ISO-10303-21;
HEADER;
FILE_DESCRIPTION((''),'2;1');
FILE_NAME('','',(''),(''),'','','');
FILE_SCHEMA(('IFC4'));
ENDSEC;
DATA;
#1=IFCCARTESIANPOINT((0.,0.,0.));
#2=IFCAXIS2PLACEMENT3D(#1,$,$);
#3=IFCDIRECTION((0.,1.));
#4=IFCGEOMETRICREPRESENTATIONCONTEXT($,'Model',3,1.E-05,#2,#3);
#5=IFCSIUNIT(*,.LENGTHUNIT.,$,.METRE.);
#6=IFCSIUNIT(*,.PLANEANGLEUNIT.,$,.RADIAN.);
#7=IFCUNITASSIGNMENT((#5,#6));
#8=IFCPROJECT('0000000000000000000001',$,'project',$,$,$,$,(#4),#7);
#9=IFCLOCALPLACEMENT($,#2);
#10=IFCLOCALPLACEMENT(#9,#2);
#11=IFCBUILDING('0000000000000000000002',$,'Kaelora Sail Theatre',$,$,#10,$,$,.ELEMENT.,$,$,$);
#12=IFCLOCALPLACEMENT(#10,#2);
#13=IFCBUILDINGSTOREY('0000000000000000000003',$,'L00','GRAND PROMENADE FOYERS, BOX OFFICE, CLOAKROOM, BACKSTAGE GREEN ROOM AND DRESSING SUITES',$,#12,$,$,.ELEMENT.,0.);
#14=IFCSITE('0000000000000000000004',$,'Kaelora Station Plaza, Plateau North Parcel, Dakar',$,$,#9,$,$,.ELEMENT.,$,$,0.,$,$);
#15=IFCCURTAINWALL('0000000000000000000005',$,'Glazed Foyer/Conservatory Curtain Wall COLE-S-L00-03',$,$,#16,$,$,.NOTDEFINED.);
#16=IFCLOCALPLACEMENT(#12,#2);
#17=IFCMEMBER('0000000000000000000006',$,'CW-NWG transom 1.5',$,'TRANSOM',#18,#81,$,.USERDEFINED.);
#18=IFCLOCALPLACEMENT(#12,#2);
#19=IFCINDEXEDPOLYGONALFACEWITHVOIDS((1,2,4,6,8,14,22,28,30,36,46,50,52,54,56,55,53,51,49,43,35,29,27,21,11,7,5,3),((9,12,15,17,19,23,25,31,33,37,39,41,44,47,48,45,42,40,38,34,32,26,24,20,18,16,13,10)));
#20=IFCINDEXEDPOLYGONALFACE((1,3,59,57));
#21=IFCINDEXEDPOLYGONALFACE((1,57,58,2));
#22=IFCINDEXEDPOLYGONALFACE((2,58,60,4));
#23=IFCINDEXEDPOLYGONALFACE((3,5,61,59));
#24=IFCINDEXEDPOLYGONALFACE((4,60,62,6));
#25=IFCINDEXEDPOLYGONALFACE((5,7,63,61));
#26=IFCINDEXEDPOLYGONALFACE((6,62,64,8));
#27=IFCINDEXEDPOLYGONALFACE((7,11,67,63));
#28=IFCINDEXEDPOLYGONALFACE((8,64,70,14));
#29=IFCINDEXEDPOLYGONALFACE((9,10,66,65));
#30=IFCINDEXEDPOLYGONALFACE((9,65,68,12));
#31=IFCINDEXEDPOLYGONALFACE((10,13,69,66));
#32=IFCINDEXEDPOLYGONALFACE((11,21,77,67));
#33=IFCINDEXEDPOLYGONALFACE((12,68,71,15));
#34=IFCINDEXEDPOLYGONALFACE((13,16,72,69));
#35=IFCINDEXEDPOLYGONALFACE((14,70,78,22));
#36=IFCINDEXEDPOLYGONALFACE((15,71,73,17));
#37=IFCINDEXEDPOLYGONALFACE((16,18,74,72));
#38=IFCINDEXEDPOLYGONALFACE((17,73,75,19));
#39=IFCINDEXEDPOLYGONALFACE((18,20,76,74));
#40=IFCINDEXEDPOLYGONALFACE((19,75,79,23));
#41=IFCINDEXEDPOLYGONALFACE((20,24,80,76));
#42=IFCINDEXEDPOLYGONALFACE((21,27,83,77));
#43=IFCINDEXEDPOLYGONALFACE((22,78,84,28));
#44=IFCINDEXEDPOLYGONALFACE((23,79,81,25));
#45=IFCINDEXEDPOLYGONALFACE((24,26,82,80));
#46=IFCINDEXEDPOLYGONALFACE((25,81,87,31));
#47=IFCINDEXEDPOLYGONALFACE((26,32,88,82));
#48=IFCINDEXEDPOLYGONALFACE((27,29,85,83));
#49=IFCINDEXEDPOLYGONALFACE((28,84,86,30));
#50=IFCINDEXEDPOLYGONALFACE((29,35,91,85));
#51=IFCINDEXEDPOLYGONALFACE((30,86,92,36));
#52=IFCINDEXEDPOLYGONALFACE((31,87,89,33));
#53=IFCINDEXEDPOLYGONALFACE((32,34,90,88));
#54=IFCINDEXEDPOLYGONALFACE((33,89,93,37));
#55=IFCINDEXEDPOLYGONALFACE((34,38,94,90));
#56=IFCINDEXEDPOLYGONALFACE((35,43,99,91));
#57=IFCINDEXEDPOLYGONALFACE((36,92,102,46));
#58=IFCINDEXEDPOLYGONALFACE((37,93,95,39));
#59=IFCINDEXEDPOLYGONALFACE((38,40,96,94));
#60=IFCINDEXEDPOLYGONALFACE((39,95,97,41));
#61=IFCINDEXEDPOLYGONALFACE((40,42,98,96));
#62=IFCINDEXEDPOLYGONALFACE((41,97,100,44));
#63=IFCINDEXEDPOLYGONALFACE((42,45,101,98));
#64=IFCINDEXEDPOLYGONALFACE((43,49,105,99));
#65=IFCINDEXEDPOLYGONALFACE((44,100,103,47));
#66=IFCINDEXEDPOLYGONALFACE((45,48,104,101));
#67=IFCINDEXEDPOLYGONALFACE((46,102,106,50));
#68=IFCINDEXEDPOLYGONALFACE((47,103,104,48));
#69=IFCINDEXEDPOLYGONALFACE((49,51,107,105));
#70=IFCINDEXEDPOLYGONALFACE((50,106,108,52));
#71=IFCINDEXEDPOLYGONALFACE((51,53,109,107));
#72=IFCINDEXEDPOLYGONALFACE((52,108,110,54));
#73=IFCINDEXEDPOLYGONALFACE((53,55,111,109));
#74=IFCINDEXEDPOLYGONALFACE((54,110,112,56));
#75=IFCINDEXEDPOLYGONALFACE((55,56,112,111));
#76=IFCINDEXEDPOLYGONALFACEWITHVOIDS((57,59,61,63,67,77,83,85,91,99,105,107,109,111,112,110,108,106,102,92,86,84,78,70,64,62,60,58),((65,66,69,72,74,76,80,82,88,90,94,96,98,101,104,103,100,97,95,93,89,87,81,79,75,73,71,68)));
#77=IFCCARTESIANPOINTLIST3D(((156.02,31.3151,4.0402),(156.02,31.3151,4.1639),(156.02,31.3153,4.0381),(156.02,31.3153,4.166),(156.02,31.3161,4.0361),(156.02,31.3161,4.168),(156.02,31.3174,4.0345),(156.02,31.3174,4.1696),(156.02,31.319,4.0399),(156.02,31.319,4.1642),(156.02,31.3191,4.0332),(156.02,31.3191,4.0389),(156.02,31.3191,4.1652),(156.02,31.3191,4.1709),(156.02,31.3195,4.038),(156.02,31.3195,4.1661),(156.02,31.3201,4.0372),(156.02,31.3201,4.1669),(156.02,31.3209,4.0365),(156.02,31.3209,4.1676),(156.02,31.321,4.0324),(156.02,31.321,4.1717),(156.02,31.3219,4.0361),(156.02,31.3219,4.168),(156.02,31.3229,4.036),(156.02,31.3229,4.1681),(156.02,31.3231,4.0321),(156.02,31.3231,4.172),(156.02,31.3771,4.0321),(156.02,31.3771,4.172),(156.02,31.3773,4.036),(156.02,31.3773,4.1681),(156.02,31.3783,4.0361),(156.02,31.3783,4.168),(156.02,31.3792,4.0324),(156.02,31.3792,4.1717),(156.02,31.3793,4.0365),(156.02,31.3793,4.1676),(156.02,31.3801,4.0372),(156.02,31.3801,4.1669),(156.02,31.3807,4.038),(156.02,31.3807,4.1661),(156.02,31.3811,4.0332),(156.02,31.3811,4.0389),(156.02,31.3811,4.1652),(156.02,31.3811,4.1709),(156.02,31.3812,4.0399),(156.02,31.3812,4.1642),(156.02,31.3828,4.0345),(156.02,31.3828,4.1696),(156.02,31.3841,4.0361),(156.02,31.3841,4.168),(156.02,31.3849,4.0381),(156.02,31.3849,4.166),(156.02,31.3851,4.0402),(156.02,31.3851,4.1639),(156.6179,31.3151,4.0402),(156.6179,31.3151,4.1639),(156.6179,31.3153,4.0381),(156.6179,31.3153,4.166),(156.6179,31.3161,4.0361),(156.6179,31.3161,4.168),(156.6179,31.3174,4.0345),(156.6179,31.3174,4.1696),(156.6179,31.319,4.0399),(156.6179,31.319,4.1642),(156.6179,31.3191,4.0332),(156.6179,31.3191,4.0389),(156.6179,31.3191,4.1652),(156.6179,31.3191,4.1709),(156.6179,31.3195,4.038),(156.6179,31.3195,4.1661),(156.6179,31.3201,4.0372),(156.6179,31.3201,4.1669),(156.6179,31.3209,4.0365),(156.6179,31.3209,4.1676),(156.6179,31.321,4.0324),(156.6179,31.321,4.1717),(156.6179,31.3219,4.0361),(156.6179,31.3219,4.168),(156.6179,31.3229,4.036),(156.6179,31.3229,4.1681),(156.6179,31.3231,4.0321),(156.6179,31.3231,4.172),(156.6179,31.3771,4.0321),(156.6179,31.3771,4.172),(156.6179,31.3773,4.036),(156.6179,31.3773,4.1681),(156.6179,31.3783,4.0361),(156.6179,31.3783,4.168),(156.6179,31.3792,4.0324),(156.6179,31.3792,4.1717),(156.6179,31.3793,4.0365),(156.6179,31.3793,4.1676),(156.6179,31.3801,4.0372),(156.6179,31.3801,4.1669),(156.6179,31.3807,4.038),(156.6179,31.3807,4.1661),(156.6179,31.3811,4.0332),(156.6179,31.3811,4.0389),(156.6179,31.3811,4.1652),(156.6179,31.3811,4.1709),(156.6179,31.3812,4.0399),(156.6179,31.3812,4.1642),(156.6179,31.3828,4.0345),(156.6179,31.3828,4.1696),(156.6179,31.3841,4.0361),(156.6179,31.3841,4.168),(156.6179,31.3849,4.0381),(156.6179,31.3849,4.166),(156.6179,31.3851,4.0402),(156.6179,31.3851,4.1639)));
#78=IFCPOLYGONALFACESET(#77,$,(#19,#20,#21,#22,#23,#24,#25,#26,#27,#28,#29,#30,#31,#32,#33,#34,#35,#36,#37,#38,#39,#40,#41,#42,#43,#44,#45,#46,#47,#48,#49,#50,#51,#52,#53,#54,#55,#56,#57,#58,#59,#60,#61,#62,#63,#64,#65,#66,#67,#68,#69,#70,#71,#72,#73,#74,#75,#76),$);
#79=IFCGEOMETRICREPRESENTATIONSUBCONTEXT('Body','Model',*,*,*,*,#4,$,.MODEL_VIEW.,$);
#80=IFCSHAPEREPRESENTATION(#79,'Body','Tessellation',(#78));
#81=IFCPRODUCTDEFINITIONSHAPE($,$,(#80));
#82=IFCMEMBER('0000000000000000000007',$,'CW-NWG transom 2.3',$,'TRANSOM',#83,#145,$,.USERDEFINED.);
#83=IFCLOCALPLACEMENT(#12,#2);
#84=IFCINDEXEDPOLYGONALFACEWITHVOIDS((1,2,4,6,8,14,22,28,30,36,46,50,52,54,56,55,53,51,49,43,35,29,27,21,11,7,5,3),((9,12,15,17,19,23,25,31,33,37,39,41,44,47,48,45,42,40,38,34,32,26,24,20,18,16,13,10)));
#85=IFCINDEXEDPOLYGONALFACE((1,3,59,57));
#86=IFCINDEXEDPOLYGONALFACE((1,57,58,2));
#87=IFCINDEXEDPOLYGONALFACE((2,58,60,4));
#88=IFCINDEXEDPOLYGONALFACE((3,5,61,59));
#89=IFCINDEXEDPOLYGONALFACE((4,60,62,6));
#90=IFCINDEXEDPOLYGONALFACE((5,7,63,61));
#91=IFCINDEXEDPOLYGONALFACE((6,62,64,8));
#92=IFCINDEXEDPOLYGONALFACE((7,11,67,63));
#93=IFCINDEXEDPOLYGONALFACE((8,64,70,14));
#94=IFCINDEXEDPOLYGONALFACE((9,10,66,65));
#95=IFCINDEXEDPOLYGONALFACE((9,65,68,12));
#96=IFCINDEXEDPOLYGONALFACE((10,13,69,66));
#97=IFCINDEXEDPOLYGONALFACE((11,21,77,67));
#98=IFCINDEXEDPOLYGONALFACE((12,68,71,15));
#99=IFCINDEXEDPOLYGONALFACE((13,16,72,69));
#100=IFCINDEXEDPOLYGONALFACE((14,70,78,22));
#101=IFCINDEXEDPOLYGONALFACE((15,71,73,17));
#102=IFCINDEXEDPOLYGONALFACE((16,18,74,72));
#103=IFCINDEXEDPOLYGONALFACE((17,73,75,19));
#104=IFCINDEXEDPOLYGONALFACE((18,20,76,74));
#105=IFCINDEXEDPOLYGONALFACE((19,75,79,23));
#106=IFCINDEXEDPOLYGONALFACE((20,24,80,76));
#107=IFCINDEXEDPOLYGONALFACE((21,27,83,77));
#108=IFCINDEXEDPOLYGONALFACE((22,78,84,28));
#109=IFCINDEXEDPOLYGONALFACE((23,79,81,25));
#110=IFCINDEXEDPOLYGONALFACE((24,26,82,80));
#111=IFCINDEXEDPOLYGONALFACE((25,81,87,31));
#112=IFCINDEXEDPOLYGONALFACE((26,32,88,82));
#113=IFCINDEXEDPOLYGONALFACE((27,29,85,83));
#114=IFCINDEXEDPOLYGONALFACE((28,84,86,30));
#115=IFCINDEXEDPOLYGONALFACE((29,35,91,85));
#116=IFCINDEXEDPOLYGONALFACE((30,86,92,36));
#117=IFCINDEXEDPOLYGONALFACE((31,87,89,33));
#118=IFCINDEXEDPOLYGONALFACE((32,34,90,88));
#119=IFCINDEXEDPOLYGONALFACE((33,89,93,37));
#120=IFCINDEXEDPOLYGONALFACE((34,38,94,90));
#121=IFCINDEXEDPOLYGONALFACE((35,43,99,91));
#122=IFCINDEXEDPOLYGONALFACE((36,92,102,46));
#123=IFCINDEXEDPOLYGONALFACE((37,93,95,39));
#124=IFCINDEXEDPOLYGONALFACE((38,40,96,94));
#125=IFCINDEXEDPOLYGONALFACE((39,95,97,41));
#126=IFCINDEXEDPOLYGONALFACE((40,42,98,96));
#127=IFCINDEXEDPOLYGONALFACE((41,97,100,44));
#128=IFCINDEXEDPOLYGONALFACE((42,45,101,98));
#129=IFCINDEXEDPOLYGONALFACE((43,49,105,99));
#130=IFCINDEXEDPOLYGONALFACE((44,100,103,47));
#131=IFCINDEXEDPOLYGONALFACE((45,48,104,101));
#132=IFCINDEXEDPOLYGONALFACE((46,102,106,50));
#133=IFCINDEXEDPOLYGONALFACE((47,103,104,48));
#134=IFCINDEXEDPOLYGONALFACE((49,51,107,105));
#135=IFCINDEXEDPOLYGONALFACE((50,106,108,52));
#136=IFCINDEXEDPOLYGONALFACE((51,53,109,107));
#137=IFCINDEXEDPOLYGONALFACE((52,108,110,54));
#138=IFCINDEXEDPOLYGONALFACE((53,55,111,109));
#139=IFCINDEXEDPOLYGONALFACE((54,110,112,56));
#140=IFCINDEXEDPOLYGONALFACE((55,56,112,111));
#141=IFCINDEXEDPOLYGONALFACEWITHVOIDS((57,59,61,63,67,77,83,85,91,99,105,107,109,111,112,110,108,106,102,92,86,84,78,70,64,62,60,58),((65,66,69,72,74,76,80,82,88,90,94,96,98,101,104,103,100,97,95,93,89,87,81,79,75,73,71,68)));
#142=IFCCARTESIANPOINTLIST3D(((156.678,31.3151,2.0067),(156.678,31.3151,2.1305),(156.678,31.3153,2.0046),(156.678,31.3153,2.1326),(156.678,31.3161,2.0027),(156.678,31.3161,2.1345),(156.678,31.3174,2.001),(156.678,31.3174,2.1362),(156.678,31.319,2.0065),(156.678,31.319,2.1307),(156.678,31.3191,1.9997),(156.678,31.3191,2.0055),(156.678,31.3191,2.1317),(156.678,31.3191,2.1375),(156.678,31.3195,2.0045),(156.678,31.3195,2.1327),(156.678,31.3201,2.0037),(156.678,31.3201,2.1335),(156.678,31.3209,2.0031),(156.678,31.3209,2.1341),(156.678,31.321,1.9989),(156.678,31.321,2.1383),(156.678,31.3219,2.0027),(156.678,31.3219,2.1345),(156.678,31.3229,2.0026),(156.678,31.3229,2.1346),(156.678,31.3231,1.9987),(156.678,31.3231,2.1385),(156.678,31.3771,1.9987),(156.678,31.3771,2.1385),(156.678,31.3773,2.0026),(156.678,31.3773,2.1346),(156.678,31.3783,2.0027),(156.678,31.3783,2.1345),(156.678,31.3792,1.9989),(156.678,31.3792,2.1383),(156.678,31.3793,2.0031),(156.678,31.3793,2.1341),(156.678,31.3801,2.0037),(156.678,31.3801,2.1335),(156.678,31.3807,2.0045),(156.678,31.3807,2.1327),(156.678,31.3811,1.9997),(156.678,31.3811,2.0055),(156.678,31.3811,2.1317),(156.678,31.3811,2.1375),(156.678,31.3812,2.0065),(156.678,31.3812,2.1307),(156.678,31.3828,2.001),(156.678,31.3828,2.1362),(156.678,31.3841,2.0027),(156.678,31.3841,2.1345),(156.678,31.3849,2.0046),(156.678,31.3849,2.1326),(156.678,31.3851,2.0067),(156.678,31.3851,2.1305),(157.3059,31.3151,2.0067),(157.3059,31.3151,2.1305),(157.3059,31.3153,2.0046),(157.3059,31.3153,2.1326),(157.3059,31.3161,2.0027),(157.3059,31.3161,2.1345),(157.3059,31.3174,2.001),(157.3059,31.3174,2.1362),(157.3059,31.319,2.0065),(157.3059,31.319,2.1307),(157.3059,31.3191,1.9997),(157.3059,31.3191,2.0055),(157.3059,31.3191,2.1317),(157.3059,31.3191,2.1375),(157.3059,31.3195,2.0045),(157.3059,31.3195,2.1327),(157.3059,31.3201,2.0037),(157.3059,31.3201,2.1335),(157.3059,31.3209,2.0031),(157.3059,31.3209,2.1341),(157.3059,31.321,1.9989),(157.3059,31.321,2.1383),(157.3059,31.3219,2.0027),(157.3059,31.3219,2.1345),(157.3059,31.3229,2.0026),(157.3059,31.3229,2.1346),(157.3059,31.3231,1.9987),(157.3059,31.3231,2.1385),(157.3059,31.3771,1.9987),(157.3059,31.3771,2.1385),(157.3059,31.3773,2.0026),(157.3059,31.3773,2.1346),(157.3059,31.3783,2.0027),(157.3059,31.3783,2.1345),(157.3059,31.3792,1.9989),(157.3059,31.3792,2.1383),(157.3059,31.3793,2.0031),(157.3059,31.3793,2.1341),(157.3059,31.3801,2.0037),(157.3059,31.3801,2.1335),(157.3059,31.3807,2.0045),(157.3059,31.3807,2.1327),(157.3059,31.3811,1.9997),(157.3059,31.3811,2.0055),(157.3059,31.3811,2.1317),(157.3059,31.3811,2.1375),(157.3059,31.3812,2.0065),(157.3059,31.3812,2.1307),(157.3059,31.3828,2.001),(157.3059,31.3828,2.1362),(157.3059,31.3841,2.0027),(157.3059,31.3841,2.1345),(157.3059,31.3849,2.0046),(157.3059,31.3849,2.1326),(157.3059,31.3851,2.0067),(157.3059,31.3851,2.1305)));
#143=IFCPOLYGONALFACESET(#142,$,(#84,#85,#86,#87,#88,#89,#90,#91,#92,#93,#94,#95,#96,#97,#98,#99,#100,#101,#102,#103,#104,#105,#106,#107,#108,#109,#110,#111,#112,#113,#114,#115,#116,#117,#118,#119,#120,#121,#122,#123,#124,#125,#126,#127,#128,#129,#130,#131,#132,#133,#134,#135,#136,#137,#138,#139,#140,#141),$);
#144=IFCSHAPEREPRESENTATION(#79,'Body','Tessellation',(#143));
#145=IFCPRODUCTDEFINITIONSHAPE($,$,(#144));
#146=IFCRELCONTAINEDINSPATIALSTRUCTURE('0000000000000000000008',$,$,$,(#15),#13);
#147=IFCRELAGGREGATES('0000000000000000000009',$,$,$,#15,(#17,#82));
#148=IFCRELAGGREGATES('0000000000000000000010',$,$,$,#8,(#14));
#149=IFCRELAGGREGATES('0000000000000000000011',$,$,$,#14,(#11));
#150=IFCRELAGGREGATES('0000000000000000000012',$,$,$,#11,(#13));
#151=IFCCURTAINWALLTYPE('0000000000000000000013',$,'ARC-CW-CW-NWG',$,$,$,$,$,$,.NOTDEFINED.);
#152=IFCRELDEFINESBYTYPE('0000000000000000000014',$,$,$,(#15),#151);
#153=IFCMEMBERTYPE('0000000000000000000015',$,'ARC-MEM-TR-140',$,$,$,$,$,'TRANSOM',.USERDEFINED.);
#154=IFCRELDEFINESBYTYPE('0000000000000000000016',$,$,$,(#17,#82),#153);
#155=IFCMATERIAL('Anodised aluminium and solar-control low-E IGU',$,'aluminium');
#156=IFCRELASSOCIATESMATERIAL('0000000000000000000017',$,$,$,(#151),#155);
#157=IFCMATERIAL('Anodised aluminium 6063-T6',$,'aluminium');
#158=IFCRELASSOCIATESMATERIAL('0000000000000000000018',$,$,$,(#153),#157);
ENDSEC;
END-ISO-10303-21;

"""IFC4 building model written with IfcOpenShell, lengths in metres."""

from ifc_helpers import new_model, si_unit, direction, frame, origin, origin_2d, place, context, subcontext, project, spatial, hollow_rectangle, extrude, material, material_profile, profile_set, type_object, element, aggregate, save


model = new_model("IFC4")

# Units and contexts
model_context = context("Model", 3, precision=1e-05, world=origin(), true_north=direction((0.0, 1.0)))
body_context = subcontext(model_context, "Body", "Model", "MODEL_VIEW")
ifc_project = project(units=[si_unit("LENGTHUNIT", "METRE"), si_unit("PLANEANGLEUNIT", "RADIAN")], contexts=[model_context])

# Site, building, storey
site_placement = place(None, origin())
site = spatial("IfcSite", under=ifc_project, at=site_placement, Name="Kaelora Station Plaza, Plateau North Parcel, Dakar", CompositionType="ELEMENT", RefElevation=0.0)
building_placement = place(site_placement, origin())
building = spatial("IfcBuilding", under=site, at=building_placement, Name="Kaelora Sail Theatre", CompositionType="ELEMENT")
storey_placement = place(building_placement, origin())
storey = spatial("IfcBuildingStorey", under=building, at=storey_placement, Name="L00", Description="GRAND PROMENADE FOYERS, BOX OFFICE, CLOAKROOM, BACKSTAGE GREEN ROOM AND DRESSING SUITES", CompositionType="ELEMENT", Elevation=0.0)

# Curtain wall, members
ifc_material_1 = material(Name="Anodised aluminium and solar-control low-E IGU", Category="aluminium")
curtain_wall_type = type_object("IfcCurtainWallType", Name="ARC-CW-CW-NWG", PredefinedType="NOTDEFINED", material=ifc_material_1)
curtain_wall_1_placement = place(storey_placement, origin())
curtain_wall_1 = element("IfcCurtainWall", 1, at=curtain_wall_1_placement, inside=storey, type_object=curtain_wall_type, Name="Glazed Foyer/Conservatory Curtain Wall COLE-S-L00-03", PredefinedType="NOTDEFINED")
ifc_material_2 = material(Name="Anodised aluminium 6063-T6", Category="aluminium")
ifc_material_profile = material_profile(ifc_material_2, hollow_rectangle(XDim=0.0701, YDim=0.1399, WallThickness=0.0039, InnerFilletRadius=0.0039, OuterFilletRadius=0.0081, at=origin_2d()), Name="ALU-TRAN 70x140x4")
ifc_profile_set = profile_set([ifc_material_profile], Name="Anodised aluminium 6063-T6")
member_type = type_object("IfcMemberType", Name="ARC-MEM-TR-140", ElementType="TRANSOM", PredefinedType="USERDEFINED", material=ifc_profile_set)
member_1_placement = place(storey_placement, frame((156.02, 31.3501, 4.1021), z_axis=(1.0, 0.0, 0.0), x_axis=(0.0, 1.0, 0.0)))
member_1 = element("IfcMember", 2, at=member_1_placement, type_object=member_type, Name="CW-NWG transom 1.5", ObjectType="TRANSOM", PredefinedType="USERDEFINED", context=body_context, shape_type="SweptSolid", body=[
    extrude(hollow_rectangle(XDim=0.0701, YDim=0.1399, WallThickness=0.0039, InnerFilletRadius=0.0039, OuterFilletRadius=0.0081, at=origin_2d()), origin(), (0.0, 0.0, 1.0), 0.5979),
])
member_2_placement = place(storey_placement, frame((156.678, 31.3501, 2.0686), z_axis=(1.0, 0.0, 0.0), x_axis=(0.0, 1.0, 0.0)))
member_2 = element("IfcMember", 3, at=member_2_placement, type_object=member_type, Name="CW-NWG transom 2.3", ObjectType="TRANSOM", PredefinedType="USERDEFINED", context=body_context, shape_type="SweptSolid", body=[
    extrude(hollow_rectangle(XDim=0.0701, YDim=0.1399, WallThickness=0.0039, InnerFilletRadius=0.0039, OuterFilletRadius=0.0081, at=origin_2d()), origin(), (0.0, 0.0, 1.0), 0.6279),
])

aggregate(curtain_wall_1, [member_1, member_2])

save(model, "model.ifc")
